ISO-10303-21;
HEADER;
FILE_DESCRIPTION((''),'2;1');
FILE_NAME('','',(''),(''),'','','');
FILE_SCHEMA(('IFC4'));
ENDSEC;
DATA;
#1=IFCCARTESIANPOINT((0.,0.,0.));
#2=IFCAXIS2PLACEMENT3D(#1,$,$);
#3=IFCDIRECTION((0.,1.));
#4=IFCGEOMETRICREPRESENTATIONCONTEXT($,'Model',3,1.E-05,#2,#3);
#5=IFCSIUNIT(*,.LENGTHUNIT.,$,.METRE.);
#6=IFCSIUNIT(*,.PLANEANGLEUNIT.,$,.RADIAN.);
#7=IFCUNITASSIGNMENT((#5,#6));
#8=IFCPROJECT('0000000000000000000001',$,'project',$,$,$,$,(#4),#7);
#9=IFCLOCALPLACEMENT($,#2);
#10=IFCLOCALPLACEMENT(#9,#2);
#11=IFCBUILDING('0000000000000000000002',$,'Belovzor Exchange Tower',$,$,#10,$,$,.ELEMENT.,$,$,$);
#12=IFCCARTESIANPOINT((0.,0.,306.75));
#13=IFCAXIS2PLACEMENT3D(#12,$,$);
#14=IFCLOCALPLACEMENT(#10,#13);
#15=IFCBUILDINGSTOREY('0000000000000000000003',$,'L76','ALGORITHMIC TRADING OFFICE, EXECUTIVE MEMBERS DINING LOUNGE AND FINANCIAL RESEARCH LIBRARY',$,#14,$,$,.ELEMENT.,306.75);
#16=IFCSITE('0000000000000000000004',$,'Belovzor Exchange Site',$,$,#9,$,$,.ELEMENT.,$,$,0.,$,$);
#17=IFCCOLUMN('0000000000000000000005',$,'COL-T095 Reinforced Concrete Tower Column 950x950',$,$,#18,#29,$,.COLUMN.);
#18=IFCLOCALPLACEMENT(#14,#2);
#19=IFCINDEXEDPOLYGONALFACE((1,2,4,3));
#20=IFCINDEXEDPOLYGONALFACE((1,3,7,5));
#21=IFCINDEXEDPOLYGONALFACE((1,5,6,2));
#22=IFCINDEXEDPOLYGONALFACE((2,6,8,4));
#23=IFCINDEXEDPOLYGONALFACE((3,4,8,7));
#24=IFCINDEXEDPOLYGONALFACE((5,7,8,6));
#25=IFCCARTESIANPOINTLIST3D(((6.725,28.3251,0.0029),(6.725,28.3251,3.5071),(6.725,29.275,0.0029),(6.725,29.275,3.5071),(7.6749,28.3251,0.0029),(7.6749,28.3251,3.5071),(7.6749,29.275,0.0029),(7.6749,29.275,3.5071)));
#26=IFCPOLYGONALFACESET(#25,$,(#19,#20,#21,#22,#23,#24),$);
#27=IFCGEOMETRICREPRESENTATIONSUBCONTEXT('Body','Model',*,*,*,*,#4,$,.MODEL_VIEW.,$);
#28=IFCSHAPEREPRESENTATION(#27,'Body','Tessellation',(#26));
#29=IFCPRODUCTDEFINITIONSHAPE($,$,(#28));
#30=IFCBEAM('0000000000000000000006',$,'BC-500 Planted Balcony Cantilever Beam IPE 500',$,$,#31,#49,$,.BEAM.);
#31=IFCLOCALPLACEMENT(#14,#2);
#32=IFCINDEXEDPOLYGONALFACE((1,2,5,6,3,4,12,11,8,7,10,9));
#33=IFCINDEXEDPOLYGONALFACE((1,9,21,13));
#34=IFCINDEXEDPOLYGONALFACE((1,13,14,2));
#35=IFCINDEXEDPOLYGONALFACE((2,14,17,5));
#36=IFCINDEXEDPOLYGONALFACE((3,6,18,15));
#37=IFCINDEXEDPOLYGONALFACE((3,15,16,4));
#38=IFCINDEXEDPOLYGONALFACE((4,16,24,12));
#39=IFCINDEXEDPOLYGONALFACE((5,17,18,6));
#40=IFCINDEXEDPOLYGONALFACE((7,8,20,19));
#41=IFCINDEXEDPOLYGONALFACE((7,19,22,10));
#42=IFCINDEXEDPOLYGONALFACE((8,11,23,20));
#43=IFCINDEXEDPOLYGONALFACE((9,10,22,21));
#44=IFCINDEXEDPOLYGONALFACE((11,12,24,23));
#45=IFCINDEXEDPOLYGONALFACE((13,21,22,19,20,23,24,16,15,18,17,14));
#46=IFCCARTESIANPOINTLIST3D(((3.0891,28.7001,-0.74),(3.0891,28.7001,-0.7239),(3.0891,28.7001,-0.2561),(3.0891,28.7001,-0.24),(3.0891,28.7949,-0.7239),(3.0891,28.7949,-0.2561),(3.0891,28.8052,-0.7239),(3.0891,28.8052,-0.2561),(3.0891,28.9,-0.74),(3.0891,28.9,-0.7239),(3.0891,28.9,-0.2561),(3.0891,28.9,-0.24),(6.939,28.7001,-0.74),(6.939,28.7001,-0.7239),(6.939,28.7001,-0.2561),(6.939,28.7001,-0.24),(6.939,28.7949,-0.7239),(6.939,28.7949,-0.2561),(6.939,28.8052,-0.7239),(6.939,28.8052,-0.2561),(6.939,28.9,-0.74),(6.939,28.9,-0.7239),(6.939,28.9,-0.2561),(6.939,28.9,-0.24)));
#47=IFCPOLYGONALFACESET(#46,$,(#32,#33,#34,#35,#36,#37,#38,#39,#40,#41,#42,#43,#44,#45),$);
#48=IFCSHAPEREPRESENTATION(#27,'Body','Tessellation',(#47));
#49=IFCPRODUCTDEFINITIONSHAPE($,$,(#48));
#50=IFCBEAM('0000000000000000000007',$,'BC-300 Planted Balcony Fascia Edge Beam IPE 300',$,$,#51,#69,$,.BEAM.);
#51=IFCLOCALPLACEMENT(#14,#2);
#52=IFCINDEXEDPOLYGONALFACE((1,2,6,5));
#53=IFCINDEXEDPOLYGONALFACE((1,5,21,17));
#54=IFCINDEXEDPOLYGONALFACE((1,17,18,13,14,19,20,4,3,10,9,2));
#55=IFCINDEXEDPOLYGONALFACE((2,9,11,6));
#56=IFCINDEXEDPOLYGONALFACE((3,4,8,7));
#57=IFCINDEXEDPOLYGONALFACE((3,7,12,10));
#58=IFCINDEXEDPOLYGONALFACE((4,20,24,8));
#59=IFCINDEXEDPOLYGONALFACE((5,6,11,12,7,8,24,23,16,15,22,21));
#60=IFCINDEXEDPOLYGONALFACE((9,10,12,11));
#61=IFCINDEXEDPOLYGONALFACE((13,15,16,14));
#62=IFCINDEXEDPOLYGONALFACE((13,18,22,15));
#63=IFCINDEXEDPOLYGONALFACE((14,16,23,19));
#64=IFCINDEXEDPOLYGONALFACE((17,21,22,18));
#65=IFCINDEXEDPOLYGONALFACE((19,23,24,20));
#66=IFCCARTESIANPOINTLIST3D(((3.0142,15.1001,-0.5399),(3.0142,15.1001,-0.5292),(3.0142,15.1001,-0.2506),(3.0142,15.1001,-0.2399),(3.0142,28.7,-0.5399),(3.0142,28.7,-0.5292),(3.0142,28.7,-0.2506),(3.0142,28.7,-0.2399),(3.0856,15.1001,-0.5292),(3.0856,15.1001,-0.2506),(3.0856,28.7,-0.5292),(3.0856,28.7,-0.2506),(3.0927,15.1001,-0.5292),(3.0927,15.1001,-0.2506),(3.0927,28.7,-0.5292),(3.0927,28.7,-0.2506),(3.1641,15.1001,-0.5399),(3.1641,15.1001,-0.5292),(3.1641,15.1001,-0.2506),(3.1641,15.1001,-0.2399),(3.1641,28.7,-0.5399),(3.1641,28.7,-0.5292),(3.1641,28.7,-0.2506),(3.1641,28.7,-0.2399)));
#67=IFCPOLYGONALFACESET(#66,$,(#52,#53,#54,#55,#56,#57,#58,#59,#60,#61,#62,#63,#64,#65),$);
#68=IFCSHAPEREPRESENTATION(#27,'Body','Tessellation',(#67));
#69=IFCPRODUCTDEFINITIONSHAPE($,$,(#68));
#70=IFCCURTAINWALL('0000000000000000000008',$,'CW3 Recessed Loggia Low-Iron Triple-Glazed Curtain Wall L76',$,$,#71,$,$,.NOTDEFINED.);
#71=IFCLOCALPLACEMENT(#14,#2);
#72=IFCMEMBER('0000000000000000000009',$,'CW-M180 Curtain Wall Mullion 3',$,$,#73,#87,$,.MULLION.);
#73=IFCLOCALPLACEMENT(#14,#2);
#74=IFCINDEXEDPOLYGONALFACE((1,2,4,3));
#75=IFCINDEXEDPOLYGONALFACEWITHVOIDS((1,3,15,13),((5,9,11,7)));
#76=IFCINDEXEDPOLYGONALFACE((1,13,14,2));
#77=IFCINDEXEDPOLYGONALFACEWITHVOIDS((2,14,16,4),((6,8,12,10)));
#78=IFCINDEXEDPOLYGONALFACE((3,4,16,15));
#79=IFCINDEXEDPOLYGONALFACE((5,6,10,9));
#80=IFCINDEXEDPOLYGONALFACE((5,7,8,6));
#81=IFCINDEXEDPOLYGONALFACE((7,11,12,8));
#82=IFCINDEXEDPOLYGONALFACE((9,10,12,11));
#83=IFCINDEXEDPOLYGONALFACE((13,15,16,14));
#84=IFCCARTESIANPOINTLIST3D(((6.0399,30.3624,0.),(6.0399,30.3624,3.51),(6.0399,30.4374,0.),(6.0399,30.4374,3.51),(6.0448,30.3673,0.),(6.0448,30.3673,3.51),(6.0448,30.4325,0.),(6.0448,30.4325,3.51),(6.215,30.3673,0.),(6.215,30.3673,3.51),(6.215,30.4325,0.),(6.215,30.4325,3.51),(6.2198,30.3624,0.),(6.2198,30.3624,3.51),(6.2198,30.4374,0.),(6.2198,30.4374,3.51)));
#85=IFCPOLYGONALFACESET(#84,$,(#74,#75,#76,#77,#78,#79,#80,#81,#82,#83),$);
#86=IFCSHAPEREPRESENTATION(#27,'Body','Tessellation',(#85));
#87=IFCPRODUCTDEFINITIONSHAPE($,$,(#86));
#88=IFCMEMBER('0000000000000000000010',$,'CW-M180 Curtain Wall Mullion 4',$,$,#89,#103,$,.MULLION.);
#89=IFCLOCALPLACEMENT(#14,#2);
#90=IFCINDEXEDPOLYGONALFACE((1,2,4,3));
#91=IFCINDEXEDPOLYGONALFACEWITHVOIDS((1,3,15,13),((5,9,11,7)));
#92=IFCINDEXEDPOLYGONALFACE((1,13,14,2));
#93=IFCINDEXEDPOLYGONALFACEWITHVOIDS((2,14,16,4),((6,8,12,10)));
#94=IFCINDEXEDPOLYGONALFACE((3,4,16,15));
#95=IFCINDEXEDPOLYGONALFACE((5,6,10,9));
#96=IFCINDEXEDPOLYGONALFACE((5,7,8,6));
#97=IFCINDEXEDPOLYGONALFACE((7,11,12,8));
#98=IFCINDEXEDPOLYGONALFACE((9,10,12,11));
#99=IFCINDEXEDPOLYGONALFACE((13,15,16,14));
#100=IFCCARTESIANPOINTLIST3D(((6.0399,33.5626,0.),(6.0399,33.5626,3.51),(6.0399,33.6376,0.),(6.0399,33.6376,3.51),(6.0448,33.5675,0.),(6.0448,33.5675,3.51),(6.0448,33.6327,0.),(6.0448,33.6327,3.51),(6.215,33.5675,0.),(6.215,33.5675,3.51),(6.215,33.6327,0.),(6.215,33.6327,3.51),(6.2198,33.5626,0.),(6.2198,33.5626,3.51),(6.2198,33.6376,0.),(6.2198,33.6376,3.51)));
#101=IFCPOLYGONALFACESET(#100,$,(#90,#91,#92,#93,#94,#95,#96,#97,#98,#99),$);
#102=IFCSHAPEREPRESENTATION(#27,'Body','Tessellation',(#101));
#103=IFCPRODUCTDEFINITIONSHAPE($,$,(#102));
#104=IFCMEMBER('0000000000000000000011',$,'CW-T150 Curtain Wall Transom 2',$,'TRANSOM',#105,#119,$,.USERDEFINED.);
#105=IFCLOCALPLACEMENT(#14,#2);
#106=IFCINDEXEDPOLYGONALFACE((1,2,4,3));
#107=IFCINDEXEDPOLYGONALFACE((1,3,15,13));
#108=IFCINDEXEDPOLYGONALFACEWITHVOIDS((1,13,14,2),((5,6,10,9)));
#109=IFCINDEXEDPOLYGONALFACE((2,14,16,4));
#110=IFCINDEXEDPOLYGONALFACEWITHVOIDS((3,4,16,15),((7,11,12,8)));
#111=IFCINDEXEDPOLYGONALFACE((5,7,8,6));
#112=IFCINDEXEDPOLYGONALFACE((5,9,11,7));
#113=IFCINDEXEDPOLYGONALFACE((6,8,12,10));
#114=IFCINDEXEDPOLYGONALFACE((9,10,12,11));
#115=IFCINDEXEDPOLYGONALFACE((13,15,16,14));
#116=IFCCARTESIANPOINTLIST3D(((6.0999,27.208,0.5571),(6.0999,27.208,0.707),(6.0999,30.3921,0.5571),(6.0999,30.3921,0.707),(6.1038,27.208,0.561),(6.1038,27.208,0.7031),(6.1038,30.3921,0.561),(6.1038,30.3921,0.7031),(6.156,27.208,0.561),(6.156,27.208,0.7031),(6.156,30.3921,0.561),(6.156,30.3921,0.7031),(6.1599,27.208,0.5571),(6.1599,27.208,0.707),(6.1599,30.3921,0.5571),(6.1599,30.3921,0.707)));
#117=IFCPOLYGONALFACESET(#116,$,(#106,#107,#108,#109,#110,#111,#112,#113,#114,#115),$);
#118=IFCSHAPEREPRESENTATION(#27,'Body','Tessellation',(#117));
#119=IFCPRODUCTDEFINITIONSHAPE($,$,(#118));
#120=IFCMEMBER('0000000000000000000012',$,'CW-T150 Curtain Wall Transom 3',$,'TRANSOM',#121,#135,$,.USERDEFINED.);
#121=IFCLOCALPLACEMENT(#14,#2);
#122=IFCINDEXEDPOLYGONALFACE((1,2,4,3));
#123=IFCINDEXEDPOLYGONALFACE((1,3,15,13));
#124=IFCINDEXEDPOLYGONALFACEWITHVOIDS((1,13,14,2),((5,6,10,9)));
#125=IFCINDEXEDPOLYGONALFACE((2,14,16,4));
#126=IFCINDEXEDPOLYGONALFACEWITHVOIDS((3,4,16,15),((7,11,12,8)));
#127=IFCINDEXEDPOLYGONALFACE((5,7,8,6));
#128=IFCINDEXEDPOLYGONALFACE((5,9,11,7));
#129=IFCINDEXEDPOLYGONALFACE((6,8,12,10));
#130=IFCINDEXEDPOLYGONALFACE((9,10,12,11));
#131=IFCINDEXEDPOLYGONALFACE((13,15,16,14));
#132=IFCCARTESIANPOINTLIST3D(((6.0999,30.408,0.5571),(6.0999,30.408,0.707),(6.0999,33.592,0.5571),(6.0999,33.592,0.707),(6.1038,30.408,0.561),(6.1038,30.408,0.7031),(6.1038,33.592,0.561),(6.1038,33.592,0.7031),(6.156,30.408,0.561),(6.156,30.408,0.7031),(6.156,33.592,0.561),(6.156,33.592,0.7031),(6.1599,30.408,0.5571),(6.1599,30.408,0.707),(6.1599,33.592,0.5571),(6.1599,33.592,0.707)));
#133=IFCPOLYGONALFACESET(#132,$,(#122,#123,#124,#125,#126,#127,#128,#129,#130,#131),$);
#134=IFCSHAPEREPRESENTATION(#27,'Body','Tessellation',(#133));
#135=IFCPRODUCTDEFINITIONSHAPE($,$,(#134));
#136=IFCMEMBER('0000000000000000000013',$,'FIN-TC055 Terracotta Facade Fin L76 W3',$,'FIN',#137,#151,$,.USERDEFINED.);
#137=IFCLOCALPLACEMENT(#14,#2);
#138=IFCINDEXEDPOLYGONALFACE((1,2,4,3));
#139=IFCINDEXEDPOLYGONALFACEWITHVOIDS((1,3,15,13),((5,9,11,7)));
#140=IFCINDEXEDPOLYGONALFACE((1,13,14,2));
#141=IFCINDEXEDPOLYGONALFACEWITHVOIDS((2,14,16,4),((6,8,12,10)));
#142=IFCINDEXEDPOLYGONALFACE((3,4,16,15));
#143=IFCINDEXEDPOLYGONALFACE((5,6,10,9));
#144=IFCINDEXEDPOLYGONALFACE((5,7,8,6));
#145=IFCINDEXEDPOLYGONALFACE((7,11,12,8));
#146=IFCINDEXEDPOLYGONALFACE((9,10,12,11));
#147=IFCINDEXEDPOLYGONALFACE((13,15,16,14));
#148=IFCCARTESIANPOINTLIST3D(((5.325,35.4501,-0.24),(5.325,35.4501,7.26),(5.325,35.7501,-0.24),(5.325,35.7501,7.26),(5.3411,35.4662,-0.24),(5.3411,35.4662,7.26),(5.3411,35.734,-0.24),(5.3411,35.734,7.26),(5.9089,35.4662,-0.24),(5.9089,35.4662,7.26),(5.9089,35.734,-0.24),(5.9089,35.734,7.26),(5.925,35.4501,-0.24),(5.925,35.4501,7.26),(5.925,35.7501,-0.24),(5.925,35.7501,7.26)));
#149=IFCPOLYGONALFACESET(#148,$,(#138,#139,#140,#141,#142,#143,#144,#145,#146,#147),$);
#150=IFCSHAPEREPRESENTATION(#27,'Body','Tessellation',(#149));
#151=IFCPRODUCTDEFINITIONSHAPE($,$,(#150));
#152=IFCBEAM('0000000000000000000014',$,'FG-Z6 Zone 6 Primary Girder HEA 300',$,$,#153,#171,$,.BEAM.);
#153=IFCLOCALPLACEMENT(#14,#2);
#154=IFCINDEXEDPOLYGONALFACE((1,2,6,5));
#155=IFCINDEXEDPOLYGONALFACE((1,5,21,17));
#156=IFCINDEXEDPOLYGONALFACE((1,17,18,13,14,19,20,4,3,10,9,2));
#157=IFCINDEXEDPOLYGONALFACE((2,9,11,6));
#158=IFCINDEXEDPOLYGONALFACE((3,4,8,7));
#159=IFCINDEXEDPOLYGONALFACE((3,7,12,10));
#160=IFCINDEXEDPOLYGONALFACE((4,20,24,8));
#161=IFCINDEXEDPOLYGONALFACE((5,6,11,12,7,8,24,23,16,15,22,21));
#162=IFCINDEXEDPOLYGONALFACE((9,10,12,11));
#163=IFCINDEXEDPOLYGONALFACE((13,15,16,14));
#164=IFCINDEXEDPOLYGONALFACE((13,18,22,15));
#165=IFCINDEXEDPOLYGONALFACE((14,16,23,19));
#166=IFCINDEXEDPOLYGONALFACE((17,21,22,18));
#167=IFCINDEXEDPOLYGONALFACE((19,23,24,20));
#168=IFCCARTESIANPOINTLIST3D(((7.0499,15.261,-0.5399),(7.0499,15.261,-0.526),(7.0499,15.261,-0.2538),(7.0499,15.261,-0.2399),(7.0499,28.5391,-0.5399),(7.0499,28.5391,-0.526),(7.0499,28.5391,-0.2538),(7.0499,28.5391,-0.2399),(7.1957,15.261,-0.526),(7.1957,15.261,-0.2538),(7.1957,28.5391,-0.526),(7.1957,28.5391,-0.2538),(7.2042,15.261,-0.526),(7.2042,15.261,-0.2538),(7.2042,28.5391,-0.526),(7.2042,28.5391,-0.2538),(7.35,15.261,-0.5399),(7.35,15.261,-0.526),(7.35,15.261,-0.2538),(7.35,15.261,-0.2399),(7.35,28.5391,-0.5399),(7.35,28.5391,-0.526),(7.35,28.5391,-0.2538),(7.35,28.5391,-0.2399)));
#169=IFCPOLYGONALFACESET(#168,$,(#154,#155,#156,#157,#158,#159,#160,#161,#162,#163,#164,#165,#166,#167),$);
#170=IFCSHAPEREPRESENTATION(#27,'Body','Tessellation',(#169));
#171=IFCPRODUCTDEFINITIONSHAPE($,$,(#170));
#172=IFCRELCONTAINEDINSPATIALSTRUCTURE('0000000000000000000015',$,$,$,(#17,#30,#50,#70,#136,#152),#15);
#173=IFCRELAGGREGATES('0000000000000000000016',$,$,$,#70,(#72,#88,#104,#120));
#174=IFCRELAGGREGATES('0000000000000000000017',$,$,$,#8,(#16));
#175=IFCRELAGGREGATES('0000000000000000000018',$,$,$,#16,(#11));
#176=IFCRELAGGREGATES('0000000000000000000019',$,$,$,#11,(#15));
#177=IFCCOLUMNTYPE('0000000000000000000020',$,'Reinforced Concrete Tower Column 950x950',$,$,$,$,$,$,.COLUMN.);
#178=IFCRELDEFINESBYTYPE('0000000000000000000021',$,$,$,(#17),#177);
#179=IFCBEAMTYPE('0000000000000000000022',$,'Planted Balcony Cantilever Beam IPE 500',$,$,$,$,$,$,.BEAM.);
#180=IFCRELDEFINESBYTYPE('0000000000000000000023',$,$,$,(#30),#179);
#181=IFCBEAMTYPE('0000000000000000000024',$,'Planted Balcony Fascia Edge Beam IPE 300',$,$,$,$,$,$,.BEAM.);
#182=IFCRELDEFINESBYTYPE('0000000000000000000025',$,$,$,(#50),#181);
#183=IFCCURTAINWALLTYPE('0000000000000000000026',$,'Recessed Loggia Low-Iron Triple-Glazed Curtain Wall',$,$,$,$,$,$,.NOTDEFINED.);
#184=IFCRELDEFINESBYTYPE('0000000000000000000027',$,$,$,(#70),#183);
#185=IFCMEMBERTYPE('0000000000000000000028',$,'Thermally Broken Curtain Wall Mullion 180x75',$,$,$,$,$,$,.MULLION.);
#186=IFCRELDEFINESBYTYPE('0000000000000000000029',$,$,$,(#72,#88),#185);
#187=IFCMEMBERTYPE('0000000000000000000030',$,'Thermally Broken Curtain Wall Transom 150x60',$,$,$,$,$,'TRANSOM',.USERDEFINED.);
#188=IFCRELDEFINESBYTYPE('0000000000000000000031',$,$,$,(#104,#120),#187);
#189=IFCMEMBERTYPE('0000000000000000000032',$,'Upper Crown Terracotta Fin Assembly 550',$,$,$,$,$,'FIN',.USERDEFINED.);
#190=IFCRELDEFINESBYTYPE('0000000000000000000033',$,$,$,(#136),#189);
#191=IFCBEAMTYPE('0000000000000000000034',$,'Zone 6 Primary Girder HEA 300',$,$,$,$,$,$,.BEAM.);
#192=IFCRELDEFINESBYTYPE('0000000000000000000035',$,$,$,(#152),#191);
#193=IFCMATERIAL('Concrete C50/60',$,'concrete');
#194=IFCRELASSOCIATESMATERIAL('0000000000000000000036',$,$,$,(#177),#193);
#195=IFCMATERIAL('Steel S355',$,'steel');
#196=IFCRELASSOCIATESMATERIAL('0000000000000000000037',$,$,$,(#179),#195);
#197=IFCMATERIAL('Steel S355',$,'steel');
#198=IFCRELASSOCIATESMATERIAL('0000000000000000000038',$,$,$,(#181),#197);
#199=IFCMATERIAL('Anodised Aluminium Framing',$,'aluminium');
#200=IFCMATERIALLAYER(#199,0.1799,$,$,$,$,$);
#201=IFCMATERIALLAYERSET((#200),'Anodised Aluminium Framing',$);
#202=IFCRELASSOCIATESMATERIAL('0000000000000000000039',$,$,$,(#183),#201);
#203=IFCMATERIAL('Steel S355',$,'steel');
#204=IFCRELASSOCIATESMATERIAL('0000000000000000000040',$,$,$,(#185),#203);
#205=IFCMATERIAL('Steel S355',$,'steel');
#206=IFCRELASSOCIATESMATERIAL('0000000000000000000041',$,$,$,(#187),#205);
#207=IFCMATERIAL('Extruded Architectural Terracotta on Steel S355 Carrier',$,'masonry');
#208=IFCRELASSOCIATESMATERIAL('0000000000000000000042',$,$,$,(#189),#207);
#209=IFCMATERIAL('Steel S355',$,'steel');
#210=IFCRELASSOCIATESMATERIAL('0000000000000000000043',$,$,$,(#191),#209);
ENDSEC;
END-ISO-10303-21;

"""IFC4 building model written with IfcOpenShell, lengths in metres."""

from ifc_helpers import new_model, si_unit, direction, frame, origin, origin_2d, place, context, subcontext, project, spatial, rectangle, hollow_rectangle, i_section, extrude, material, layer, layer_set, material_profile, profile_set, type_object, element, aggregate, save


model = new_model("IFC4")

# Units and contexts
model_context = context("Model", 3, precision=1e-05, world=origin(), true_north=direction((0.0, 1.0)))
body_context = subcontext(model_context, "Body", "Model", "MODEL_VIEW")
ifc_project = project(units=[si_unit("LENGTHUNIT", "METRE"), si_unit("PLANEANGLEUNIT", "RADIAN")], contexts=[model_context])

# Site, building, storey
site_placement = place(None, origin())
site = spatial("IfcSite", under=ifc_project, at=site_placement, Name="Belovzor Exchange Site", CompositionType="ELEMENT", RefElevation=0.0)
building_placement = place(site_placement, origin())
building = spatial("IfcBuilding", under=site, at=building_placement, Name="Belovzor Exchange Tower", CompositionType="ELEMENT")
storey_placement = place(building_placement, frame((0.0, 0.0, 306.75)))
storey = spatial("IfcBuildingStorey", under=building, at=storey_placement, Name="L76", Description="ALGORITHMIC TRADING OFFICE, EXECUTIVE MEMBERS DINING LOUNGE AND FINANCIAL RESEARCH LIBRARY", CompositionType="ELEMENT", Elevation=306.75)

# Column
ifc_material_1 = material(Name="Concrete C50/60", Category="concrete")
ifc_material_profile_1 = material_profile(ifc_material_1, rectangle(XDim=0.95, YDim=0.95, at=origin_2d()))
ifc_profile_set_1 = profile_set([ifc_material_profile_1], Name="Concrete C50/60")
column_type = type_object("IfcColumnType", Name="Reinforced Concrete Tower Column 950x950", PredefinedType="COLUMN", material=ifc_profile_set_1)
column_placement = place(storey_placement, frame((7.2, 28.8, 0.0029), z_axis=(0.0, 0.0, 1.0), x_axis=(1.0, 0.0, 0.0)))
element("IfcColumn", 1, at=column_placement, inside=storey, type_object=column_type, Name="COL-T095 Reinforced Concrete Tower Column 950x950", PredefinedType="COLUMN", context=body_context, shape_type="SweptSolid", body=[
    extrude(rectangle(XDim=0.95, YDim=0.95, at=origin_2d()), origin(), (0.0, 0.0, 1.0), 3.5042),
])

# Beams
ifc_material_2 = material(Name="Steel S355", Category="steel")
ifc_material_profile_2 = material_profile(ifc_material_2, i_section(OverallWidth=0.2, OverallDepth=0.5, WebThickness=0.0103, FlangeThickness=0.0161, at=origin_2d()))
ifc_profile_set_2 = profile_set([ifc_material_profile_2], Name="Steel S355")
beam_type_1 = type_object("IfcBeamType", Name="Planted Balcony Cantilever Beam IPE 500", PredefinedType="BEAM", material=ifc_profile_set_2)
beam_1_placement = place(storey_placement, frame((6.939, 28.8, -0.49), z_axis=(-1.0, 0.0, 0.0), x_axis=(0.0, -1.0, 0.0)))
element("IfcBeam", 2, at=beam_1_placement, inside=storey, type_object=beam_type_1, Name="BC-500 Planted Balcony Cantilever Beam IPE 500", PredefinedType="BEAM", context=body_context, shape_type="SweptSolid", body=[
    extrude(i_section(OverallWidth=0.2, OverallDepth=0.5, WebThickness=0.0103, FlangeThickness=0.0161, at=origin_2d()), origin(), (0.0, 0.0, 1.0), 3.8499),
])
ifc_material_3 = material(Name="Steel S355", Category="steel")
ifc_material_profile_3 = material_profile(ifc_material_3, i_section(OverallWidth=0.1499, OverallDepth=0.3, WebThickness=0.0071, FlangeThickness=0.0107, at=origin_2d()))
ifc_profile_set_3 = profile_set([ifc_material_profile_3], Name="Steel S355")
beam_type_2 = type_object("IfcBeamType", Name="Planted Balcony Fascia Edge Beam IPE 300", PredefinedType="BEAM", material=ifc_profile_set_3)
beam_2_placement = place(storey_placement, frame((3.0891, 28.7, -0.3899), z_axis=(0.0, -1.0, 0.0), x_axis=(1.0, 0.0, 0.0)))
element("IfcBeam", 3, at=beam_2_placement, inside=storey, type_object=beam_type_2, Name="BC-300 Planted Balcony Fascia Edge Beam IPE 300", PredefinedType="BEAM", context=body_context, shape_type="SweptSolid", body=[
    extrude(i_section(OverallWidth=0.1499, OverallDepth=0.3, WebThickness=0.0071, FlangeThickness=0.0107, at=origin_2d()), origin(), (0.0, 0.0, 1.0), 13.5999),
])

# Curtain wall, members
ifc_material_4 = material(Name="Anodised Aluminium Framing", Category="aluminium")
ifc_layer_1 = layer(ifc_material_4, 0.1799)
ifc_layer_set_1 = layer_set([ifc_layer_1], Name="Anodised Aluminium Framing")
curtain_wall_type = type_object("IfcCurtainWallType", Name="Recessed Loggia Low-Iron Triple-Glazed Curtain Wall", PredefinedType="NOTDEFINED", material=ifc_layer_set_1)
curtain_wall_placement = place(storey_placement, origin())
curtain_wall = element("IfcCurtainWall", 4, at=curtain_wall_placement, inside=storey, type_object=curtain_wall_type, Name="CW3 Recessed Loggia Low-Iron Triple-Glazed Curtain Wall L76", PredefinedType="NOTDEFINED")
ifc_material_5 = material(Name="Steel S355", Category="steel")
ifc_material_profile_4 = material_profile(ifc_material_5, hollow_rectangle(XDim=0.075, YDim=0.1799, WallThickness=0.0049, at=origin_2d()))
ifc_profile_set_4 = profile_set([ifc_material_profile_4], Name="Steel S355")
member_type_1 = type_object("IfcMemberType", Name="Thermally Broken Curtain Wall Mullion 180x75", PredefinedType="MULLION", material=ifc_profile_set_4)
member_1_placement = place(storey_placement, frame((6.1299, 30.3999, 0.0), z_axis=(0.0, 0.0, 1.0), x_axis=(0.0, 1.0, 0.0)))
member_1 = element("IfcMember", 5, at=member_1_placement, type_object=member_type_1, Name="CW-M180 Curtain Wall Mullion 3", PredefinedType="MULLION", context=body_context, shape_type="SweptSolid", body=[
    extrude(hollow_rectangle(XDim=0.075, YDim=0.1799, WallThickness=0.0049, at=origin_2d()), origin(), (0.0, 0.0, 1.0), 3.51),
])
member_2_placement = place(storey_placement, frame((6.1299, 33.6001, 0.0), z_axis=(0.0, 0.0, 1.0), x_axis=(0.0, 1.0, 0.0)))
member_2 = element("IfcMember", 6, at=member_2_placement, type_object=member_type_1, Name="CW-M180 Curtain Wall Mullion 4", PredefinedType="MULLION", context=body_context, shape_type="SweptSolid", body=[
    extrude(hollow_rectangle(XDim=0.075, YDim=0.1799, WallThickness=0.0049, at=origin_2d()), origin(), (0.0, 0.0, 1.0), 3.51),
])
ifc_material_6 = material(Name="Steel S355", Category="steel")
ifc_material_profile_5 = material_profile(ifc_material_6, hollow_rectangle(XDim=0.0601, YDim=0.1499, WallThickness=0.0039, at=origin_2d()))
ifc_profile_set_5 = profile_set([ifc_material_profile_5], Name="Steel S355")
member_type_2 = type_object("IfcMemberType", Name="Thermally Broken Curtain Wall Transom 150x60", ElementType="TRANSOM", PredefinedType="USERDEFINED", material=ifc_profile_set_5)
member_3_placement = place(storey_placement, frame((6.1299, 27.208, 0.6321), z_axis=(0.0, 1.0, 0.0), x_axis=(-1.0, 0.0, 0.0)))
member_3 = element("IfcMember", 7, at=member_3_placement, type_object=member_type_2, Name="CW-T150 Curtain Wall Transom 2", ObjectType="TRANSOM", PredefinedType="USERDEFINED", context=body_context, shape_type="SweptSolid", body=[
    extrude(hollow_rectangle(XDim=0.0601, YDim=0.1499, WallThickness=0.0039, at=origin_2d()), origin(), (0.0, 0.0, 1.0), 3.1841),
])
member_4_placement = place(storey_placement, frame((6.1299, 30.408, 0.6321), z_axis=(0.0, 1.0, 0.0), x_axis=(-1.0, 0.0, 0.0)))
member_4 = element("IfcMember", 8, at=member_4_placement, type_object=member_type_2, Name="CW-T150 Curtain Wall Transom 3", ObjectType="TRANSOM", PredefinedType="USERDEFINED", context=body_context, shape_type="SweptSolid", body=[
    extrude(hollow_rectangle(XDim=0.0601, YDim=0.1499, WallThickness=0.0039, at=origin_2d()), origin(), (0.0, 0.0, 1.0), 3.1841),
])

# Member
ifc_material_7 = material(Name="Extruded Architectural Terracotta on Steel S355 Carrier", Category="masonry")
ifc_material_profile_6 = material_profile(ifc_material_7, hollow_rectangle(XDim=0.3, YDim=0.6001, WallThickness=0.0161, at=origin_2d()))
ifc_profile_set_6 = profile_set([ifc_material_profile_6], Name="Extruded Architectural Terracotta on Steel S355 Carrier")
member_type_3 = type_object("IfcMemberType", Name="Upper Crown Terracotta Fin Assembly 550", ElementType="FIN", PredefinedType="USERDEFINED", material=ifc_profile_set_6)
member_5_placement = place(storey_placement, frame((5.625, 35.6001, -0.24), z_axis=(0.0, 0.0, 1.0), x_axis=(0.0, 1.0, 0.0)))
element("IfcMember", 9, at=member_5_placement, inside=storey, type_object=member_type_3, Name="FIN-TC055 Terracotta Facade Fin L76 W3", ObjectType="FIN", PredefinedType="USERDEFINED", context=body_context, shape_type="SweptSolid", body=[
    extrude(hollow_rectangle(XDim=0.3, YDim=0.6001, WallThickness=0.0161, at=origin_2d()), origin(), (0.0, 0.0, 1.0), 7.5),
])

# Beam
ifc_material_8 = material(Name="Steel S355", Category="steel")
ifc_material_profile_7 = material_profile(ifc_material_8, i_section(OverallWidth=0.3, OverallDepth=0.3, WebThickness=0.0085, FlangeThickness=0.0139, at=origin_2d()))
ifc_profile_set_7 = profile_set([ifc_material_profile_7], Name="Steel S355")
beam_type_3 = type_object("IfcBeamType", Name="Zone 6 Primary Girder HEA 300", PredefinedType="BEAM", material=ifc_profile_set_7)
beam_3_placement = place(storey_placement, frame((7.2, 28.5391, -0.3899), z_axis=(0.0, -1.0, 0.0), x_axis=(1.0, 0.0, 0.0)))
element("IfcBeam", 10, at=beam_3_placement, inside=storey, type_object=beam_type_3, Name="FG-Z6 Zone 6 Primary Girder HEA 300", PredefinedType="BEAM", context=body_context, shape_type="SweptSolid", body=[
    extrude(i_section(OverallWidth=0.3, OverallDepth=0.3, WebThickness=0.0085, FlangeThickness=0.0139, at=origin_2d()), origin(), (0.0, 0.0, 1.0), 13.2781),
])

aggregate(curtain_wall, [member_1, member_2, member_3, member_4])

save(model, "model.ifc")
